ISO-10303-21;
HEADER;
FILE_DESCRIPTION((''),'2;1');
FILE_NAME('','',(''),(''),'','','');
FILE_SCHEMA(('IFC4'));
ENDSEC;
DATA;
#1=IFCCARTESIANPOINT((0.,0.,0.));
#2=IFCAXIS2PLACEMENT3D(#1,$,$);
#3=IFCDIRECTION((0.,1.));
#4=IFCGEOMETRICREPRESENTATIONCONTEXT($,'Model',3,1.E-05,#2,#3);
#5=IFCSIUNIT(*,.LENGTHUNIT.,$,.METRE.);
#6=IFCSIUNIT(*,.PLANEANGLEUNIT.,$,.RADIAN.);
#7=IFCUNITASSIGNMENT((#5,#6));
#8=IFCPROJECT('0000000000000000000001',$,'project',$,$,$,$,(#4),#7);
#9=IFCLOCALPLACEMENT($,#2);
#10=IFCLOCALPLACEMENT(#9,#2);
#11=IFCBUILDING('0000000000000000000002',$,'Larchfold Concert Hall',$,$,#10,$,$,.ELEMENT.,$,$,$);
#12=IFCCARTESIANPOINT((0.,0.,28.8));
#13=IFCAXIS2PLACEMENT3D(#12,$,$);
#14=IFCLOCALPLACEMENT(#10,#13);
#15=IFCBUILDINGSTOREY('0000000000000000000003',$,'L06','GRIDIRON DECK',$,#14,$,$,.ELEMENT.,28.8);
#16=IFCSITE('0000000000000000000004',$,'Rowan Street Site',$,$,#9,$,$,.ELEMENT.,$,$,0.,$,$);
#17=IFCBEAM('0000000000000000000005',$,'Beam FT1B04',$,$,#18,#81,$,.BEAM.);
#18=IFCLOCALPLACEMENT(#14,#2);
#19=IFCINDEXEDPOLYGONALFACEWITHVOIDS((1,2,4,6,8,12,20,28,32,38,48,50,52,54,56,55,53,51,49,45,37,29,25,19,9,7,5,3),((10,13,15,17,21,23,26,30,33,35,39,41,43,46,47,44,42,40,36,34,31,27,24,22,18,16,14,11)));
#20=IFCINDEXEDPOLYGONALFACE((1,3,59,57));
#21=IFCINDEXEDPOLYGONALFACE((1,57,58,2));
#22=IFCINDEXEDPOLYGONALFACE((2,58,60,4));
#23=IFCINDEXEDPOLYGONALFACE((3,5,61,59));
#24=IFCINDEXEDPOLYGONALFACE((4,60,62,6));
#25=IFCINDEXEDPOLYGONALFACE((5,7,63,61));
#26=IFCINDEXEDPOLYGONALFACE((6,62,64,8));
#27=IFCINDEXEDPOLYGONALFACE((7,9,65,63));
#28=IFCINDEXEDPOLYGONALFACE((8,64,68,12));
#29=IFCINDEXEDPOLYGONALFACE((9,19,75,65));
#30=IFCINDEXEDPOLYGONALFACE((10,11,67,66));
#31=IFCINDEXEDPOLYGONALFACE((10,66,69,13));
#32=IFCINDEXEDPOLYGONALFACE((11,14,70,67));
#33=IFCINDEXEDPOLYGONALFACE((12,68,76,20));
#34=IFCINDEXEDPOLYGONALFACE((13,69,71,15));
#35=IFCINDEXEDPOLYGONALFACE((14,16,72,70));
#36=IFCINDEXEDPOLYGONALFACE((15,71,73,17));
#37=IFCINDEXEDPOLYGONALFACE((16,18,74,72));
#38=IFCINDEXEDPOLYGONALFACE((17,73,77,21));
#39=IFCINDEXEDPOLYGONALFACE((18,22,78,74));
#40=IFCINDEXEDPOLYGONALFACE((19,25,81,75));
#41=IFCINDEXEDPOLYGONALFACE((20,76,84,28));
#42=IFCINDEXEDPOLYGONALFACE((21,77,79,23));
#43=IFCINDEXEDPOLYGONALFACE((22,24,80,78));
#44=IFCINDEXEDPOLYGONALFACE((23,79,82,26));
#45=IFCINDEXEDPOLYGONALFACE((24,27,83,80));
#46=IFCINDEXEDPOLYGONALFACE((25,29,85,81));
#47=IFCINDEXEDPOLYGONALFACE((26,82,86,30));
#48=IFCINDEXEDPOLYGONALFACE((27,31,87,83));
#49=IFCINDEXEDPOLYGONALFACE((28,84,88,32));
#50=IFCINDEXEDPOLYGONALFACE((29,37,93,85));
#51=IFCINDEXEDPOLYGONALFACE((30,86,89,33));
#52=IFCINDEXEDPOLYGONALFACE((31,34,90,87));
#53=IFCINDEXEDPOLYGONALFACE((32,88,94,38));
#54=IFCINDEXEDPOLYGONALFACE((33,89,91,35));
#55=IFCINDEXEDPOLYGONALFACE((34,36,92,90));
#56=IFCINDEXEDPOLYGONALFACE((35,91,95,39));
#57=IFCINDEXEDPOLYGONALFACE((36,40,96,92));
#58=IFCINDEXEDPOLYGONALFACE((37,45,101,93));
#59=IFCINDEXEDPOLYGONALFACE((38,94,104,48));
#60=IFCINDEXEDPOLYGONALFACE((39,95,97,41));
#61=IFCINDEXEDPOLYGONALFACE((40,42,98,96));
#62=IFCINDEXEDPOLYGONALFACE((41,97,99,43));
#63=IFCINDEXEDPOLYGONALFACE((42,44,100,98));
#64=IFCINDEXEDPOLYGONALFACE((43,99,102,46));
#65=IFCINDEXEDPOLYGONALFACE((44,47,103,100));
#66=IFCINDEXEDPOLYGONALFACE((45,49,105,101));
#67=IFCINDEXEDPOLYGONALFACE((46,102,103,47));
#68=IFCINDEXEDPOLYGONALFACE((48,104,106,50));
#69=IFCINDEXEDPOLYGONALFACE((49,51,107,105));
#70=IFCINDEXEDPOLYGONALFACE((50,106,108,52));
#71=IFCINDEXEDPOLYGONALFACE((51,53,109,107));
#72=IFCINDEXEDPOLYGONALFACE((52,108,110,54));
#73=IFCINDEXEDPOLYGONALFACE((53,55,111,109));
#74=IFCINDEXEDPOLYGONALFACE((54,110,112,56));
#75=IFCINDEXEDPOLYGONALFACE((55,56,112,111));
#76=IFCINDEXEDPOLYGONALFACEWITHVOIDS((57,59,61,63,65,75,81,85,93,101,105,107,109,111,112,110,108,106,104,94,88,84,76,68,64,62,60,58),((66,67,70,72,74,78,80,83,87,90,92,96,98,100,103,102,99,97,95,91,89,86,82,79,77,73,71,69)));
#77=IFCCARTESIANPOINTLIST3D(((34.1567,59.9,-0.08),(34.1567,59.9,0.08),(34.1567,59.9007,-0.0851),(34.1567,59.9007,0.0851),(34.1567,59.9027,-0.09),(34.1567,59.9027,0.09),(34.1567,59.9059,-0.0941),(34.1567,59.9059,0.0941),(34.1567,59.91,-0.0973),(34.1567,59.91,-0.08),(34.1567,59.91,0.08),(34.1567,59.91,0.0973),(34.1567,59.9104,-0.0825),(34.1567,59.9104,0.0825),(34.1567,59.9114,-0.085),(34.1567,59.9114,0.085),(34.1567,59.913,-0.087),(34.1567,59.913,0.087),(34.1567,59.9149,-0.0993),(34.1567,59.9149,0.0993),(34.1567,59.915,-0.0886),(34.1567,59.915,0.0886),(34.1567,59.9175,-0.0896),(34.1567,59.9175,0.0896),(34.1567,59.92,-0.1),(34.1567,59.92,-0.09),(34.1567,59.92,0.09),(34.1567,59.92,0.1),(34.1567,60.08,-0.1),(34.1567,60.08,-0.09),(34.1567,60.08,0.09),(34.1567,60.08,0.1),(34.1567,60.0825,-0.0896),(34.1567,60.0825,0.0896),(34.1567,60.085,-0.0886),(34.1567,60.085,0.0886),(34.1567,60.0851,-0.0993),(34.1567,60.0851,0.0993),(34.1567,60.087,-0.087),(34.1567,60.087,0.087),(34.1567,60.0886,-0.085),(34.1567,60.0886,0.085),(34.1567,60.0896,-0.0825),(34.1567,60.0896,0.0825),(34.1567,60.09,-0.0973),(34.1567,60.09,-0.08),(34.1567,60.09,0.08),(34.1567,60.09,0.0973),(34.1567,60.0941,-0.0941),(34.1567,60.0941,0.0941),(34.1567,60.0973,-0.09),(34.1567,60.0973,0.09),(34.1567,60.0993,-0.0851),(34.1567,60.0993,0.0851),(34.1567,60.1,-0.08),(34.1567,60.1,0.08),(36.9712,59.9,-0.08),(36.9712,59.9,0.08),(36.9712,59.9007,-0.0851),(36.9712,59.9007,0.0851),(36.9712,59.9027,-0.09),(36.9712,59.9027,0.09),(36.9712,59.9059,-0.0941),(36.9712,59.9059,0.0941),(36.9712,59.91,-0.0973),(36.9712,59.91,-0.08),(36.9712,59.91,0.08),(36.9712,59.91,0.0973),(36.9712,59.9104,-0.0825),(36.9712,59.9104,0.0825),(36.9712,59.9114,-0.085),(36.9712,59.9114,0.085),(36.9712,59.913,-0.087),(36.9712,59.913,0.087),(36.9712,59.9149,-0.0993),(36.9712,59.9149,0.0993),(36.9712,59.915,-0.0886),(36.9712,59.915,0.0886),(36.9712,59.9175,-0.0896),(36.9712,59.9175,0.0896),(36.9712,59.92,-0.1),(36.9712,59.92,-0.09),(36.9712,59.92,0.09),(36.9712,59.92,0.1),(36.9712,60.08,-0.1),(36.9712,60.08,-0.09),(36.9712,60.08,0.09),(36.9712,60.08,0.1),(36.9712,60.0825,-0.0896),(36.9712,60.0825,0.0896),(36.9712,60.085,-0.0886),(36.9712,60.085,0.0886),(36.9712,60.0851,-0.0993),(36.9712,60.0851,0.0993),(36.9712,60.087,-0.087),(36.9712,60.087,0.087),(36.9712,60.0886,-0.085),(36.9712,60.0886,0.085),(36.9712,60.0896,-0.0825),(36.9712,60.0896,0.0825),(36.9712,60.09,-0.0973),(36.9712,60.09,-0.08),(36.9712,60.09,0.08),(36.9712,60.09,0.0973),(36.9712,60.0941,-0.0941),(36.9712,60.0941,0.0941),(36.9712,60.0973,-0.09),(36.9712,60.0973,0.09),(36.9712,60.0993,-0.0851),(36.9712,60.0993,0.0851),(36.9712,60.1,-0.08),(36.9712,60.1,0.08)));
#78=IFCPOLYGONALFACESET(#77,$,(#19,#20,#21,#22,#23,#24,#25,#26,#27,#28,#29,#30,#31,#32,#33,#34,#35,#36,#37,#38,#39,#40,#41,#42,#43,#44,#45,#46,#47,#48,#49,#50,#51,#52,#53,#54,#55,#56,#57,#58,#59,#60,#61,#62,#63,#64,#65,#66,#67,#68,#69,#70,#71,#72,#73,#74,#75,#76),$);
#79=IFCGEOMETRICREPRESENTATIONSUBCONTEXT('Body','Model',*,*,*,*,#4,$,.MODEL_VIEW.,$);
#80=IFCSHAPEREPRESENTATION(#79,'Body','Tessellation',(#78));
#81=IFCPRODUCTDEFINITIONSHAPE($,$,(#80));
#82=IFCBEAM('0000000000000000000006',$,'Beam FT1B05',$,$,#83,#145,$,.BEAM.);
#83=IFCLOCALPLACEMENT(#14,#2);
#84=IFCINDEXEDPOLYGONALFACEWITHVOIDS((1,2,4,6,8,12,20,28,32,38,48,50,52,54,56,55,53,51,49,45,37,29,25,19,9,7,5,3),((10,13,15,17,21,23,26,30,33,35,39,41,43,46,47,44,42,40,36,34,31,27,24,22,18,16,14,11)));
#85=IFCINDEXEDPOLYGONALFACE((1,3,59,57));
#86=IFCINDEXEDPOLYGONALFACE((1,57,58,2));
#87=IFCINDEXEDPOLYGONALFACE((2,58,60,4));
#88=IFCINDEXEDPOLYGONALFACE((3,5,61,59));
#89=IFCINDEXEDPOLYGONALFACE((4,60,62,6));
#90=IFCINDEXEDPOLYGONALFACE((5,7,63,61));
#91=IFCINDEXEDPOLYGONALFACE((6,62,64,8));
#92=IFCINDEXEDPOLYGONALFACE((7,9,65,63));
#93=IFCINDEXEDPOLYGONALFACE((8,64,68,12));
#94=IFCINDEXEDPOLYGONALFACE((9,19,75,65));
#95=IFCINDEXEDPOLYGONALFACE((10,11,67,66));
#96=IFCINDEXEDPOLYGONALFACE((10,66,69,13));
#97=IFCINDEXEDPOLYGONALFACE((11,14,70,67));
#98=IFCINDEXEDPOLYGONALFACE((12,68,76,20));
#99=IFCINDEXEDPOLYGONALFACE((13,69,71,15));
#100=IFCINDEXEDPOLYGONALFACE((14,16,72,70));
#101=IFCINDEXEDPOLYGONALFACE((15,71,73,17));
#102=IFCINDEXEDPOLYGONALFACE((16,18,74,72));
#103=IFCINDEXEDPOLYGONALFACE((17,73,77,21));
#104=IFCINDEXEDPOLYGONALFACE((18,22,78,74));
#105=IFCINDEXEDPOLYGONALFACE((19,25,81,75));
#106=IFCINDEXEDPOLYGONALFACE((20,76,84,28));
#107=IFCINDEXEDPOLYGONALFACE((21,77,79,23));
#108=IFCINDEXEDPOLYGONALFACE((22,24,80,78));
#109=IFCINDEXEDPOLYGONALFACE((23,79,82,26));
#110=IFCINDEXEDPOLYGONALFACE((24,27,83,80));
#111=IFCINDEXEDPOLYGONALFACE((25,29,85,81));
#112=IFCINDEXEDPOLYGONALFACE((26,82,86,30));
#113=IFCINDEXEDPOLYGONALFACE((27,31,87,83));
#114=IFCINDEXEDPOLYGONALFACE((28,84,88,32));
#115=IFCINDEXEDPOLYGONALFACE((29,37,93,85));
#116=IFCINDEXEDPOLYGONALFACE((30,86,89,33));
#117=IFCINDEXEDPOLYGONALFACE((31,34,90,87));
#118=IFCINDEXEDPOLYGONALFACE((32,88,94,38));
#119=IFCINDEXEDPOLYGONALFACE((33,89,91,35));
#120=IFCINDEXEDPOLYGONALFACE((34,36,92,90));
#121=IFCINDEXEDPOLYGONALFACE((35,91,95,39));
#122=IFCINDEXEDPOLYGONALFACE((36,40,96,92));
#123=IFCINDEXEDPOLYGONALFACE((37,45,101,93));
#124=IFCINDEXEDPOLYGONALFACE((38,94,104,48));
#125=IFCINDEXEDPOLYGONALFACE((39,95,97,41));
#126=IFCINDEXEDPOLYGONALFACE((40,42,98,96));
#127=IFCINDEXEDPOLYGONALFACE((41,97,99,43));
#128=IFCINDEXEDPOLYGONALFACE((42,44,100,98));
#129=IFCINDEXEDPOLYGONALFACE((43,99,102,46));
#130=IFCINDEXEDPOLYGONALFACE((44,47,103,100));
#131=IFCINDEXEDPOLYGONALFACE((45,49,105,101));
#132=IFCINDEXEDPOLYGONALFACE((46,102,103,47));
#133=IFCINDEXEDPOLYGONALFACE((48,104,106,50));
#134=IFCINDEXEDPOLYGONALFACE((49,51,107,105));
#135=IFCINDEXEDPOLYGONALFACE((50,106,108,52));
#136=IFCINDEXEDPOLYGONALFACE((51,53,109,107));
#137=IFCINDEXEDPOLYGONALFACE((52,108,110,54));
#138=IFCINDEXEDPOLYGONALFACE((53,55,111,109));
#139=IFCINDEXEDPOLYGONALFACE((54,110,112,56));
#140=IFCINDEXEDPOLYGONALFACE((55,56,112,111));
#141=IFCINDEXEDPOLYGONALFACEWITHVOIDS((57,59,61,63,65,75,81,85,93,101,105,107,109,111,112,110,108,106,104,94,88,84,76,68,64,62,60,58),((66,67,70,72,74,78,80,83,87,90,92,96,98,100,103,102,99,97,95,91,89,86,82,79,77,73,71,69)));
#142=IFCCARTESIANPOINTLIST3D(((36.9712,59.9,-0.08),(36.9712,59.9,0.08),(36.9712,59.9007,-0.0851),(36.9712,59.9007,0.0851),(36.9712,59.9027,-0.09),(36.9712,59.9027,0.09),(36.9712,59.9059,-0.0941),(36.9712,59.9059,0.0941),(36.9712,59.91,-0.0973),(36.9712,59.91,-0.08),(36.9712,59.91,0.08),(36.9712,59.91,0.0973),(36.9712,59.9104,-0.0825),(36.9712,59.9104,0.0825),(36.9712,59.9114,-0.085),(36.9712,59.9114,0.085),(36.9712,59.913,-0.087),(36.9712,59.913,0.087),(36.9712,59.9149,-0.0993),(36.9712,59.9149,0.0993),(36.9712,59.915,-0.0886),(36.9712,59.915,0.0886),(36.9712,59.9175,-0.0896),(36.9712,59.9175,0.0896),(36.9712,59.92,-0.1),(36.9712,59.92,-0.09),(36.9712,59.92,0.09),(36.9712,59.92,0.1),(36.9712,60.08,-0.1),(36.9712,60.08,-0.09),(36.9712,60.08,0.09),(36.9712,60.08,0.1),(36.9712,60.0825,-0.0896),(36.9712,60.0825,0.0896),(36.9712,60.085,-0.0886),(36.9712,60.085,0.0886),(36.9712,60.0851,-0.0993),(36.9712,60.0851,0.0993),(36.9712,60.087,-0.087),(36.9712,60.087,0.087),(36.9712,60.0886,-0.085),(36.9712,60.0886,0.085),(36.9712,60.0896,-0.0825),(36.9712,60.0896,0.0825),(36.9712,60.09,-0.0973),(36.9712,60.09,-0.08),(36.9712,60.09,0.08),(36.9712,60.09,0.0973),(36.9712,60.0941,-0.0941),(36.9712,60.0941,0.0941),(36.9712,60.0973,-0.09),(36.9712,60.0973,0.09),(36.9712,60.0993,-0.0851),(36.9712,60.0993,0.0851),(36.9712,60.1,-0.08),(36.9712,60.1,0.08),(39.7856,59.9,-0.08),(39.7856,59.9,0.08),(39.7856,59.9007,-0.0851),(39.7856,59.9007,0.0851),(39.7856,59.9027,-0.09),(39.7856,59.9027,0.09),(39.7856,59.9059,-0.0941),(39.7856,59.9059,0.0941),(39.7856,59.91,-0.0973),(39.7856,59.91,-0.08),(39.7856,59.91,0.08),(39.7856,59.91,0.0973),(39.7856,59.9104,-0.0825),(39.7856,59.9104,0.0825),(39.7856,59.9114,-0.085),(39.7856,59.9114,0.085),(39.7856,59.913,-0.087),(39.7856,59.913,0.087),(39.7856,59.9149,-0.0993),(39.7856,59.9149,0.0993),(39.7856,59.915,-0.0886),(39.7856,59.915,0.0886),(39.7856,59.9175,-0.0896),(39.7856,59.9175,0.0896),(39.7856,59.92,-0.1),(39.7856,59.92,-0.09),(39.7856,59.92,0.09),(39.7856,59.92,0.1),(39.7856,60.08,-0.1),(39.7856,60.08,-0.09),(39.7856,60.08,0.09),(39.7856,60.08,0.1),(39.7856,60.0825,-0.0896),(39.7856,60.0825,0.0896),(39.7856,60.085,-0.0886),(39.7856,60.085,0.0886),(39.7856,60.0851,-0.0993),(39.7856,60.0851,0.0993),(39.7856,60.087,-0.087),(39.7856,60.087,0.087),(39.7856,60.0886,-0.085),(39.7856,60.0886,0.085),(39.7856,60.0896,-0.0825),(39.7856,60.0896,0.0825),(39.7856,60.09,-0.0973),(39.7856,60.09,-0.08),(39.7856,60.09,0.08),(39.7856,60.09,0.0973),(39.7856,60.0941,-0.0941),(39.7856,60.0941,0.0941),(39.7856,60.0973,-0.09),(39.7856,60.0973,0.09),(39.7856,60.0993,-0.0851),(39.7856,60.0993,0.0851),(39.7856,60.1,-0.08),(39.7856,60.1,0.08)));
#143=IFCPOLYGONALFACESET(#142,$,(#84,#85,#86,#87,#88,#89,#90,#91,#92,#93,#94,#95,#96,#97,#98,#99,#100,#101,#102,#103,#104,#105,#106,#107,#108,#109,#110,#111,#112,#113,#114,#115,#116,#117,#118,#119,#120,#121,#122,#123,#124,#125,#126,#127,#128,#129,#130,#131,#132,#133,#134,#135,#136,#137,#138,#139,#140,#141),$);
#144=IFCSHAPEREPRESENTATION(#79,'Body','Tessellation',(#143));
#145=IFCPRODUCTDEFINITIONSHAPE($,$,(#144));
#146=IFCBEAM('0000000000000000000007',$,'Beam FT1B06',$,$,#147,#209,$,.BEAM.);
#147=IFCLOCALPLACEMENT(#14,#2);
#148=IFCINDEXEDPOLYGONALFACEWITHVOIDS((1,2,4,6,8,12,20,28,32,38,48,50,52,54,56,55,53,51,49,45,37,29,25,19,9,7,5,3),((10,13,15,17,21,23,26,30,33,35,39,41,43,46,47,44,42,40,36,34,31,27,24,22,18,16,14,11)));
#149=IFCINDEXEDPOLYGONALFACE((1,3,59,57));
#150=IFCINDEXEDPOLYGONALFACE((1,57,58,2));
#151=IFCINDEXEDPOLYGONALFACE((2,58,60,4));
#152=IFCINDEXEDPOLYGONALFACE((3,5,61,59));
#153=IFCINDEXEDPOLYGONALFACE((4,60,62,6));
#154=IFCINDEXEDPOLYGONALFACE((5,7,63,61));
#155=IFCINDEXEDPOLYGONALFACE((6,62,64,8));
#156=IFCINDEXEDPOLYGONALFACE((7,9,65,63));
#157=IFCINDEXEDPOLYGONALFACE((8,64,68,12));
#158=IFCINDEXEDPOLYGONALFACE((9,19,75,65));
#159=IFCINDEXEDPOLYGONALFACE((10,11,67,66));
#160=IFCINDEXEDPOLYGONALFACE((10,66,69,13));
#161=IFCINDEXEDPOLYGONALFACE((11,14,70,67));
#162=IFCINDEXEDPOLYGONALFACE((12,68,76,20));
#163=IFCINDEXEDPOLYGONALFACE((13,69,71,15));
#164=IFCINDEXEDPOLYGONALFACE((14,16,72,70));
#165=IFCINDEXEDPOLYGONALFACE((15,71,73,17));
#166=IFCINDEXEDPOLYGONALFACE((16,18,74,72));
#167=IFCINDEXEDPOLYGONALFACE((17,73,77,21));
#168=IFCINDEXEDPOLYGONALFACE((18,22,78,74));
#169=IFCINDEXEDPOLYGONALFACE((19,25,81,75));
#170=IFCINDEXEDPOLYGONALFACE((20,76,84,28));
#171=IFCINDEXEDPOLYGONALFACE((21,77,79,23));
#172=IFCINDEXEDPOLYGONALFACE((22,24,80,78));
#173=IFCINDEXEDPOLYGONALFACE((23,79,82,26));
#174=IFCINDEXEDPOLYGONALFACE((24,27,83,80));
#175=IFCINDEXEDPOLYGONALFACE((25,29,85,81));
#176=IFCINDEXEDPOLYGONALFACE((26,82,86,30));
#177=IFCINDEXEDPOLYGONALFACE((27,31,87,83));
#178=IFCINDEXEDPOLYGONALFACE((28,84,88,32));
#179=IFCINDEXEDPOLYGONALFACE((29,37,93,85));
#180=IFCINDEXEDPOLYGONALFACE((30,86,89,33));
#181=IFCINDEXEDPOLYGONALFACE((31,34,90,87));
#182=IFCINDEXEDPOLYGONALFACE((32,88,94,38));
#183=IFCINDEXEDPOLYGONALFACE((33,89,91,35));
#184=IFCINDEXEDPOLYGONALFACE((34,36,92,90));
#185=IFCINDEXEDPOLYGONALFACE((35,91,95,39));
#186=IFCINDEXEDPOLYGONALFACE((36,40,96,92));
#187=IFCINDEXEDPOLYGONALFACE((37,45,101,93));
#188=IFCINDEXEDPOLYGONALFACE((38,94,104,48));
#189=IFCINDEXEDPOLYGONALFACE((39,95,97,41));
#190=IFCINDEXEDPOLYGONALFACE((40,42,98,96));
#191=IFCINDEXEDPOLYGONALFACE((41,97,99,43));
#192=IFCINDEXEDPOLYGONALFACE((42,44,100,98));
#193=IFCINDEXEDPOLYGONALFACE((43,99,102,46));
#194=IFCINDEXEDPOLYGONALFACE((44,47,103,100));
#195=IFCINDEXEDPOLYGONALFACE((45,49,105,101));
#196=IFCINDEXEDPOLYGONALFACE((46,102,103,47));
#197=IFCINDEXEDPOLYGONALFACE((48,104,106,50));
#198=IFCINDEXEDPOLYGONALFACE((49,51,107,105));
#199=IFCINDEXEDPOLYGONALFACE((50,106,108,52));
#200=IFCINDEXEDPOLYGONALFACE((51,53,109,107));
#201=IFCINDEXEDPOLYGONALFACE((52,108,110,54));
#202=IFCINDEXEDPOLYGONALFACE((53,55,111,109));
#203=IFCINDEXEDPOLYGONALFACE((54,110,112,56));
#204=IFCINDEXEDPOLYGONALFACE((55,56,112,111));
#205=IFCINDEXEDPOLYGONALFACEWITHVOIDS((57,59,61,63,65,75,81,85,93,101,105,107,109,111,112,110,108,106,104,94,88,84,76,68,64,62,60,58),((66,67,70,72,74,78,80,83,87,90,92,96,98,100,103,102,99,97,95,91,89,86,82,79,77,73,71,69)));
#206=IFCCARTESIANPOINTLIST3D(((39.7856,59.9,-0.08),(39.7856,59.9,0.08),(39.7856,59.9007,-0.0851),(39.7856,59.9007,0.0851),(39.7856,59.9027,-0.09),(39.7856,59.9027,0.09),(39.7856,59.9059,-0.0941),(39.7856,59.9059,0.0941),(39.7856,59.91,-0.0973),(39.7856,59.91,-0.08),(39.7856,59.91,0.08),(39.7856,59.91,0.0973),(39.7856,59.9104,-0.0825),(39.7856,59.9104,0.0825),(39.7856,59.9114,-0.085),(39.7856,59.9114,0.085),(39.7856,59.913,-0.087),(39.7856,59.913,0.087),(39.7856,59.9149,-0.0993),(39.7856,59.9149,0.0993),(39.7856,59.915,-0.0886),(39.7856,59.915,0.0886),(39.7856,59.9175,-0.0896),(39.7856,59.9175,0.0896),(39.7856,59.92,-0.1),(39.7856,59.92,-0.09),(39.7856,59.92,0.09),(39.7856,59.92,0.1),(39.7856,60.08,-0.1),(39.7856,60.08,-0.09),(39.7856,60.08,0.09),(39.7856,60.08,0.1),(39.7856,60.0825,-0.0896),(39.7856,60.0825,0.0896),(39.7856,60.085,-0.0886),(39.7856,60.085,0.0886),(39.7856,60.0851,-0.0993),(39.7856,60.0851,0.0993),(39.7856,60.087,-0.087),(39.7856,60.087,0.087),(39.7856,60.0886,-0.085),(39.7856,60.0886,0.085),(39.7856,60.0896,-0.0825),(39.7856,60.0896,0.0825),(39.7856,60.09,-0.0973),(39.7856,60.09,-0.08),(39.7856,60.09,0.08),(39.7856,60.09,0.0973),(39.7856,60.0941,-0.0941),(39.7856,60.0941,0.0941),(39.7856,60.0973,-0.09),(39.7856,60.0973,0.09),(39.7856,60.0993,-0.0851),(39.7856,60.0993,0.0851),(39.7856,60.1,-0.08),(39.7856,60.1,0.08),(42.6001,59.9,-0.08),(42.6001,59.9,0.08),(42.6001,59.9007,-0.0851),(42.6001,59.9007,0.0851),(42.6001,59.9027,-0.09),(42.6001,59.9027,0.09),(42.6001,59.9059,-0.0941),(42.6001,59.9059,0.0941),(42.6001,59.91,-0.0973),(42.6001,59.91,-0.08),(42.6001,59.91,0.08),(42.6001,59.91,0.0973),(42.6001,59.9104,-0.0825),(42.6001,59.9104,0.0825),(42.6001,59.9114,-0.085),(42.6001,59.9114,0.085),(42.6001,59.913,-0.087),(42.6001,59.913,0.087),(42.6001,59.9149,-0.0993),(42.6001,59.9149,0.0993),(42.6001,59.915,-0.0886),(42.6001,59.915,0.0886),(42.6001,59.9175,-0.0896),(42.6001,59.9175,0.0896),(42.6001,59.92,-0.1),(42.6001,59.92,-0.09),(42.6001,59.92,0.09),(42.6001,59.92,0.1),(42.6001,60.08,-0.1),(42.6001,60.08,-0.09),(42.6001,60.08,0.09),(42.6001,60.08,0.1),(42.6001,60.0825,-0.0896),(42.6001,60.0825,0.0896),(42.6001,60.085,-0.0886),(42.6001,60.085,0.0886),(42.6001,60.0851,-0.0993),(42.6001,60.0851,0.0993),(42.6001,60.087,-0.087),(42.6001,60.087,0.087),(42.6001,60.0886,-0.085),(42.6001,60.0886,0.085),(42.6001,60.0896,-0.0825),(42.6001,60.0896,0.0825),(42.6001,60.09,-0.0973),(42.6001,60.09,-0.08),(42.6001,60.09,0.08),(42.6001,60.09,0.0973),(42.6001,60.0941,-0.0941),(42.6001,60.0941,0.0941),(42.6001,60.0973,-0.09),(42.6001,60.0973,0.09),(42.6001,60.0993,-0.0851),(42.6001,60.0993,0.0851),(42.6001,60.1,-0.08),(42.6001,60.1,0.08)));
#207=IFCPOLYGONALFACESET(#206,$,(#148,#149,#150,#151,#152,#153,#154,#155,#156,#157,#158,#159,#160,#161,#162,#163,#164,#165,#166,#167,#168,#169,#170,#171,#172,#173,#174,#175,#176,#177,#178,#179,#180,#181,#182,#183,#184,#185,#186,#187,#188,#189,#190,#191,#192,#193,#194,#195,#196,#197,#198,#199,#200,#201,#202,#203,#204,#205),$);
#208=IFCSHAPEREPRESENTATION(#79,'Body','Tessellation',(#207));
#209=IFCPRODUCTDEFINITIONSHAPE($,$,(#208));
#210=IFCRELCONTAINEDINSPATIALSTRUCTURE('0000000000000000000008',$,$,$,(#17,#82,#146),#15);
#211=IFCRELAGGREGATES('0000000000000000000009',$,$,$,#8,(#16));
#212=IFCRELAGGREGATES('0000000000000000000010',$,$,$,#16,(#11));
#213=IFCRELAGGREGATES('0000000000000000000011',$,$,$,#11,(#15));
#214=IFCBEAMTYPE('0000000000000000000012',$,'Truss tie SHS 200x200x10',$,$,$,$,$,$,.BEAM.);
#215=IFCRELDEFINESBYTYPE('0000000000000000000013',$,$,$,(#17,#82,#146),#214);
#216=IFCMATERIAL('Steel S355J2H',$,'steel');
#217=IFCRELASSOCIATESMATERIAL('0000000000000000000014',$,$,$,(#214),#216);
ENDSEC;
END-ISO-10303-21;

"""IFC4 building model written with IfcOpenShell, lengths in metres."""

from ifc_helpers import new_model, si_unit, direction, frame, origin, origin_2d, place, context, subcontext, project, spatial, hollow_rectangle, extrude, material, material_profile, profile_set, type_object, element, save


model = new_model("IFC4")

# Units and contexts
model_context = context("Model", 3, precision=1e-05, world=origin(), true_north=direction((0.0, 1.0)))
body_context = subcontext(model_context, "Body", "Model", "MODEL_VIEW")
ifc_project = project(units=[si_unit("LENGTHUNIT", "METRE"), si_unit("PLANEANGLEUNIT", "RADIAN")], contexts=[model_context])

# Site, building, storey
site_placement = place(None, origin())
site = spatial("IfcSite", under=ifc_project, at=site_placement, Name="Rowan Street Site", CompositionType="ELEMENT", RefElevation=0.0)
building_placement = place(site_placement, origin())
building = spatial("IfcBuilding", under=site, at=building_placement, Name="Larchfold Concert Hall", CompositionType="ELEMENT")
storey_placement = place(building_placement, frame((0.0, 0.0, 28.8)))
storey = spatial("IfcBuildingStorey", under=building, at=storey_placement, Name="L06", Description="GRIDIRON DECK", CompositionType="ELEMENT", Elevation=28.8)

# Beams
ifc_material_1 = material(Name="Steel S355J2H", Category="steel")
ifc_material_profile_1 = material_profile(ifc_material_1, hollow_rectangle(XDim=0.2, YDim=0.2, WallThickness=0.01, InnerFilletRadius=0.01, OuterFilletRadius=0.02, at=origin_2d()))
ifc_profile_set_1 = profile_set([ifc_material_profile_1], Name="Steel S355J2H")
beam_type_1 = type_object("IfcBeamType", Name="Truss tie SHS 200x200x10", PredefinedType="BEAM", material=ifc_profile_set_1)
for number, where, z_axis, x_axis, name in (
    (1, (34.1567, 60.0, 0.0), (1.0, 0.0, 0.0), (0.0, 1.0, 0.0), "Beam FT1B04"),
    (2, (36.9712, 60.0, 0.0), (1.0, 0.0, 0.0), (0.0, 1.0, 0.0), "Beam FT1B05"),
    (3, (39.7856, 60.0, 0.0), (1.0, 0.0, 0.0), (0.0, 1.0, 0.0), "Beam FT1B06"),
):
    element("IfcBeam", number, at=place(storey_placement, frame(where, z_axis=z_axis, x_axis=x_axis)), inside=storey, type_object=beam_type_1, Name=name, PredefinedType="BEAM", context=body_context, shape_type="SweptSolid", body=[
        extrude(hollow_rectangle(XDim=0.2, YDim=0.2, WallThickness=0.01, InnerFilletRadius=0.01, OuterFilletRadius=0.02, at=origin_2d()), origin(), (0.0, 0.0, 1.0), 2.8145),
    ])

save(model, "model.ifc")
